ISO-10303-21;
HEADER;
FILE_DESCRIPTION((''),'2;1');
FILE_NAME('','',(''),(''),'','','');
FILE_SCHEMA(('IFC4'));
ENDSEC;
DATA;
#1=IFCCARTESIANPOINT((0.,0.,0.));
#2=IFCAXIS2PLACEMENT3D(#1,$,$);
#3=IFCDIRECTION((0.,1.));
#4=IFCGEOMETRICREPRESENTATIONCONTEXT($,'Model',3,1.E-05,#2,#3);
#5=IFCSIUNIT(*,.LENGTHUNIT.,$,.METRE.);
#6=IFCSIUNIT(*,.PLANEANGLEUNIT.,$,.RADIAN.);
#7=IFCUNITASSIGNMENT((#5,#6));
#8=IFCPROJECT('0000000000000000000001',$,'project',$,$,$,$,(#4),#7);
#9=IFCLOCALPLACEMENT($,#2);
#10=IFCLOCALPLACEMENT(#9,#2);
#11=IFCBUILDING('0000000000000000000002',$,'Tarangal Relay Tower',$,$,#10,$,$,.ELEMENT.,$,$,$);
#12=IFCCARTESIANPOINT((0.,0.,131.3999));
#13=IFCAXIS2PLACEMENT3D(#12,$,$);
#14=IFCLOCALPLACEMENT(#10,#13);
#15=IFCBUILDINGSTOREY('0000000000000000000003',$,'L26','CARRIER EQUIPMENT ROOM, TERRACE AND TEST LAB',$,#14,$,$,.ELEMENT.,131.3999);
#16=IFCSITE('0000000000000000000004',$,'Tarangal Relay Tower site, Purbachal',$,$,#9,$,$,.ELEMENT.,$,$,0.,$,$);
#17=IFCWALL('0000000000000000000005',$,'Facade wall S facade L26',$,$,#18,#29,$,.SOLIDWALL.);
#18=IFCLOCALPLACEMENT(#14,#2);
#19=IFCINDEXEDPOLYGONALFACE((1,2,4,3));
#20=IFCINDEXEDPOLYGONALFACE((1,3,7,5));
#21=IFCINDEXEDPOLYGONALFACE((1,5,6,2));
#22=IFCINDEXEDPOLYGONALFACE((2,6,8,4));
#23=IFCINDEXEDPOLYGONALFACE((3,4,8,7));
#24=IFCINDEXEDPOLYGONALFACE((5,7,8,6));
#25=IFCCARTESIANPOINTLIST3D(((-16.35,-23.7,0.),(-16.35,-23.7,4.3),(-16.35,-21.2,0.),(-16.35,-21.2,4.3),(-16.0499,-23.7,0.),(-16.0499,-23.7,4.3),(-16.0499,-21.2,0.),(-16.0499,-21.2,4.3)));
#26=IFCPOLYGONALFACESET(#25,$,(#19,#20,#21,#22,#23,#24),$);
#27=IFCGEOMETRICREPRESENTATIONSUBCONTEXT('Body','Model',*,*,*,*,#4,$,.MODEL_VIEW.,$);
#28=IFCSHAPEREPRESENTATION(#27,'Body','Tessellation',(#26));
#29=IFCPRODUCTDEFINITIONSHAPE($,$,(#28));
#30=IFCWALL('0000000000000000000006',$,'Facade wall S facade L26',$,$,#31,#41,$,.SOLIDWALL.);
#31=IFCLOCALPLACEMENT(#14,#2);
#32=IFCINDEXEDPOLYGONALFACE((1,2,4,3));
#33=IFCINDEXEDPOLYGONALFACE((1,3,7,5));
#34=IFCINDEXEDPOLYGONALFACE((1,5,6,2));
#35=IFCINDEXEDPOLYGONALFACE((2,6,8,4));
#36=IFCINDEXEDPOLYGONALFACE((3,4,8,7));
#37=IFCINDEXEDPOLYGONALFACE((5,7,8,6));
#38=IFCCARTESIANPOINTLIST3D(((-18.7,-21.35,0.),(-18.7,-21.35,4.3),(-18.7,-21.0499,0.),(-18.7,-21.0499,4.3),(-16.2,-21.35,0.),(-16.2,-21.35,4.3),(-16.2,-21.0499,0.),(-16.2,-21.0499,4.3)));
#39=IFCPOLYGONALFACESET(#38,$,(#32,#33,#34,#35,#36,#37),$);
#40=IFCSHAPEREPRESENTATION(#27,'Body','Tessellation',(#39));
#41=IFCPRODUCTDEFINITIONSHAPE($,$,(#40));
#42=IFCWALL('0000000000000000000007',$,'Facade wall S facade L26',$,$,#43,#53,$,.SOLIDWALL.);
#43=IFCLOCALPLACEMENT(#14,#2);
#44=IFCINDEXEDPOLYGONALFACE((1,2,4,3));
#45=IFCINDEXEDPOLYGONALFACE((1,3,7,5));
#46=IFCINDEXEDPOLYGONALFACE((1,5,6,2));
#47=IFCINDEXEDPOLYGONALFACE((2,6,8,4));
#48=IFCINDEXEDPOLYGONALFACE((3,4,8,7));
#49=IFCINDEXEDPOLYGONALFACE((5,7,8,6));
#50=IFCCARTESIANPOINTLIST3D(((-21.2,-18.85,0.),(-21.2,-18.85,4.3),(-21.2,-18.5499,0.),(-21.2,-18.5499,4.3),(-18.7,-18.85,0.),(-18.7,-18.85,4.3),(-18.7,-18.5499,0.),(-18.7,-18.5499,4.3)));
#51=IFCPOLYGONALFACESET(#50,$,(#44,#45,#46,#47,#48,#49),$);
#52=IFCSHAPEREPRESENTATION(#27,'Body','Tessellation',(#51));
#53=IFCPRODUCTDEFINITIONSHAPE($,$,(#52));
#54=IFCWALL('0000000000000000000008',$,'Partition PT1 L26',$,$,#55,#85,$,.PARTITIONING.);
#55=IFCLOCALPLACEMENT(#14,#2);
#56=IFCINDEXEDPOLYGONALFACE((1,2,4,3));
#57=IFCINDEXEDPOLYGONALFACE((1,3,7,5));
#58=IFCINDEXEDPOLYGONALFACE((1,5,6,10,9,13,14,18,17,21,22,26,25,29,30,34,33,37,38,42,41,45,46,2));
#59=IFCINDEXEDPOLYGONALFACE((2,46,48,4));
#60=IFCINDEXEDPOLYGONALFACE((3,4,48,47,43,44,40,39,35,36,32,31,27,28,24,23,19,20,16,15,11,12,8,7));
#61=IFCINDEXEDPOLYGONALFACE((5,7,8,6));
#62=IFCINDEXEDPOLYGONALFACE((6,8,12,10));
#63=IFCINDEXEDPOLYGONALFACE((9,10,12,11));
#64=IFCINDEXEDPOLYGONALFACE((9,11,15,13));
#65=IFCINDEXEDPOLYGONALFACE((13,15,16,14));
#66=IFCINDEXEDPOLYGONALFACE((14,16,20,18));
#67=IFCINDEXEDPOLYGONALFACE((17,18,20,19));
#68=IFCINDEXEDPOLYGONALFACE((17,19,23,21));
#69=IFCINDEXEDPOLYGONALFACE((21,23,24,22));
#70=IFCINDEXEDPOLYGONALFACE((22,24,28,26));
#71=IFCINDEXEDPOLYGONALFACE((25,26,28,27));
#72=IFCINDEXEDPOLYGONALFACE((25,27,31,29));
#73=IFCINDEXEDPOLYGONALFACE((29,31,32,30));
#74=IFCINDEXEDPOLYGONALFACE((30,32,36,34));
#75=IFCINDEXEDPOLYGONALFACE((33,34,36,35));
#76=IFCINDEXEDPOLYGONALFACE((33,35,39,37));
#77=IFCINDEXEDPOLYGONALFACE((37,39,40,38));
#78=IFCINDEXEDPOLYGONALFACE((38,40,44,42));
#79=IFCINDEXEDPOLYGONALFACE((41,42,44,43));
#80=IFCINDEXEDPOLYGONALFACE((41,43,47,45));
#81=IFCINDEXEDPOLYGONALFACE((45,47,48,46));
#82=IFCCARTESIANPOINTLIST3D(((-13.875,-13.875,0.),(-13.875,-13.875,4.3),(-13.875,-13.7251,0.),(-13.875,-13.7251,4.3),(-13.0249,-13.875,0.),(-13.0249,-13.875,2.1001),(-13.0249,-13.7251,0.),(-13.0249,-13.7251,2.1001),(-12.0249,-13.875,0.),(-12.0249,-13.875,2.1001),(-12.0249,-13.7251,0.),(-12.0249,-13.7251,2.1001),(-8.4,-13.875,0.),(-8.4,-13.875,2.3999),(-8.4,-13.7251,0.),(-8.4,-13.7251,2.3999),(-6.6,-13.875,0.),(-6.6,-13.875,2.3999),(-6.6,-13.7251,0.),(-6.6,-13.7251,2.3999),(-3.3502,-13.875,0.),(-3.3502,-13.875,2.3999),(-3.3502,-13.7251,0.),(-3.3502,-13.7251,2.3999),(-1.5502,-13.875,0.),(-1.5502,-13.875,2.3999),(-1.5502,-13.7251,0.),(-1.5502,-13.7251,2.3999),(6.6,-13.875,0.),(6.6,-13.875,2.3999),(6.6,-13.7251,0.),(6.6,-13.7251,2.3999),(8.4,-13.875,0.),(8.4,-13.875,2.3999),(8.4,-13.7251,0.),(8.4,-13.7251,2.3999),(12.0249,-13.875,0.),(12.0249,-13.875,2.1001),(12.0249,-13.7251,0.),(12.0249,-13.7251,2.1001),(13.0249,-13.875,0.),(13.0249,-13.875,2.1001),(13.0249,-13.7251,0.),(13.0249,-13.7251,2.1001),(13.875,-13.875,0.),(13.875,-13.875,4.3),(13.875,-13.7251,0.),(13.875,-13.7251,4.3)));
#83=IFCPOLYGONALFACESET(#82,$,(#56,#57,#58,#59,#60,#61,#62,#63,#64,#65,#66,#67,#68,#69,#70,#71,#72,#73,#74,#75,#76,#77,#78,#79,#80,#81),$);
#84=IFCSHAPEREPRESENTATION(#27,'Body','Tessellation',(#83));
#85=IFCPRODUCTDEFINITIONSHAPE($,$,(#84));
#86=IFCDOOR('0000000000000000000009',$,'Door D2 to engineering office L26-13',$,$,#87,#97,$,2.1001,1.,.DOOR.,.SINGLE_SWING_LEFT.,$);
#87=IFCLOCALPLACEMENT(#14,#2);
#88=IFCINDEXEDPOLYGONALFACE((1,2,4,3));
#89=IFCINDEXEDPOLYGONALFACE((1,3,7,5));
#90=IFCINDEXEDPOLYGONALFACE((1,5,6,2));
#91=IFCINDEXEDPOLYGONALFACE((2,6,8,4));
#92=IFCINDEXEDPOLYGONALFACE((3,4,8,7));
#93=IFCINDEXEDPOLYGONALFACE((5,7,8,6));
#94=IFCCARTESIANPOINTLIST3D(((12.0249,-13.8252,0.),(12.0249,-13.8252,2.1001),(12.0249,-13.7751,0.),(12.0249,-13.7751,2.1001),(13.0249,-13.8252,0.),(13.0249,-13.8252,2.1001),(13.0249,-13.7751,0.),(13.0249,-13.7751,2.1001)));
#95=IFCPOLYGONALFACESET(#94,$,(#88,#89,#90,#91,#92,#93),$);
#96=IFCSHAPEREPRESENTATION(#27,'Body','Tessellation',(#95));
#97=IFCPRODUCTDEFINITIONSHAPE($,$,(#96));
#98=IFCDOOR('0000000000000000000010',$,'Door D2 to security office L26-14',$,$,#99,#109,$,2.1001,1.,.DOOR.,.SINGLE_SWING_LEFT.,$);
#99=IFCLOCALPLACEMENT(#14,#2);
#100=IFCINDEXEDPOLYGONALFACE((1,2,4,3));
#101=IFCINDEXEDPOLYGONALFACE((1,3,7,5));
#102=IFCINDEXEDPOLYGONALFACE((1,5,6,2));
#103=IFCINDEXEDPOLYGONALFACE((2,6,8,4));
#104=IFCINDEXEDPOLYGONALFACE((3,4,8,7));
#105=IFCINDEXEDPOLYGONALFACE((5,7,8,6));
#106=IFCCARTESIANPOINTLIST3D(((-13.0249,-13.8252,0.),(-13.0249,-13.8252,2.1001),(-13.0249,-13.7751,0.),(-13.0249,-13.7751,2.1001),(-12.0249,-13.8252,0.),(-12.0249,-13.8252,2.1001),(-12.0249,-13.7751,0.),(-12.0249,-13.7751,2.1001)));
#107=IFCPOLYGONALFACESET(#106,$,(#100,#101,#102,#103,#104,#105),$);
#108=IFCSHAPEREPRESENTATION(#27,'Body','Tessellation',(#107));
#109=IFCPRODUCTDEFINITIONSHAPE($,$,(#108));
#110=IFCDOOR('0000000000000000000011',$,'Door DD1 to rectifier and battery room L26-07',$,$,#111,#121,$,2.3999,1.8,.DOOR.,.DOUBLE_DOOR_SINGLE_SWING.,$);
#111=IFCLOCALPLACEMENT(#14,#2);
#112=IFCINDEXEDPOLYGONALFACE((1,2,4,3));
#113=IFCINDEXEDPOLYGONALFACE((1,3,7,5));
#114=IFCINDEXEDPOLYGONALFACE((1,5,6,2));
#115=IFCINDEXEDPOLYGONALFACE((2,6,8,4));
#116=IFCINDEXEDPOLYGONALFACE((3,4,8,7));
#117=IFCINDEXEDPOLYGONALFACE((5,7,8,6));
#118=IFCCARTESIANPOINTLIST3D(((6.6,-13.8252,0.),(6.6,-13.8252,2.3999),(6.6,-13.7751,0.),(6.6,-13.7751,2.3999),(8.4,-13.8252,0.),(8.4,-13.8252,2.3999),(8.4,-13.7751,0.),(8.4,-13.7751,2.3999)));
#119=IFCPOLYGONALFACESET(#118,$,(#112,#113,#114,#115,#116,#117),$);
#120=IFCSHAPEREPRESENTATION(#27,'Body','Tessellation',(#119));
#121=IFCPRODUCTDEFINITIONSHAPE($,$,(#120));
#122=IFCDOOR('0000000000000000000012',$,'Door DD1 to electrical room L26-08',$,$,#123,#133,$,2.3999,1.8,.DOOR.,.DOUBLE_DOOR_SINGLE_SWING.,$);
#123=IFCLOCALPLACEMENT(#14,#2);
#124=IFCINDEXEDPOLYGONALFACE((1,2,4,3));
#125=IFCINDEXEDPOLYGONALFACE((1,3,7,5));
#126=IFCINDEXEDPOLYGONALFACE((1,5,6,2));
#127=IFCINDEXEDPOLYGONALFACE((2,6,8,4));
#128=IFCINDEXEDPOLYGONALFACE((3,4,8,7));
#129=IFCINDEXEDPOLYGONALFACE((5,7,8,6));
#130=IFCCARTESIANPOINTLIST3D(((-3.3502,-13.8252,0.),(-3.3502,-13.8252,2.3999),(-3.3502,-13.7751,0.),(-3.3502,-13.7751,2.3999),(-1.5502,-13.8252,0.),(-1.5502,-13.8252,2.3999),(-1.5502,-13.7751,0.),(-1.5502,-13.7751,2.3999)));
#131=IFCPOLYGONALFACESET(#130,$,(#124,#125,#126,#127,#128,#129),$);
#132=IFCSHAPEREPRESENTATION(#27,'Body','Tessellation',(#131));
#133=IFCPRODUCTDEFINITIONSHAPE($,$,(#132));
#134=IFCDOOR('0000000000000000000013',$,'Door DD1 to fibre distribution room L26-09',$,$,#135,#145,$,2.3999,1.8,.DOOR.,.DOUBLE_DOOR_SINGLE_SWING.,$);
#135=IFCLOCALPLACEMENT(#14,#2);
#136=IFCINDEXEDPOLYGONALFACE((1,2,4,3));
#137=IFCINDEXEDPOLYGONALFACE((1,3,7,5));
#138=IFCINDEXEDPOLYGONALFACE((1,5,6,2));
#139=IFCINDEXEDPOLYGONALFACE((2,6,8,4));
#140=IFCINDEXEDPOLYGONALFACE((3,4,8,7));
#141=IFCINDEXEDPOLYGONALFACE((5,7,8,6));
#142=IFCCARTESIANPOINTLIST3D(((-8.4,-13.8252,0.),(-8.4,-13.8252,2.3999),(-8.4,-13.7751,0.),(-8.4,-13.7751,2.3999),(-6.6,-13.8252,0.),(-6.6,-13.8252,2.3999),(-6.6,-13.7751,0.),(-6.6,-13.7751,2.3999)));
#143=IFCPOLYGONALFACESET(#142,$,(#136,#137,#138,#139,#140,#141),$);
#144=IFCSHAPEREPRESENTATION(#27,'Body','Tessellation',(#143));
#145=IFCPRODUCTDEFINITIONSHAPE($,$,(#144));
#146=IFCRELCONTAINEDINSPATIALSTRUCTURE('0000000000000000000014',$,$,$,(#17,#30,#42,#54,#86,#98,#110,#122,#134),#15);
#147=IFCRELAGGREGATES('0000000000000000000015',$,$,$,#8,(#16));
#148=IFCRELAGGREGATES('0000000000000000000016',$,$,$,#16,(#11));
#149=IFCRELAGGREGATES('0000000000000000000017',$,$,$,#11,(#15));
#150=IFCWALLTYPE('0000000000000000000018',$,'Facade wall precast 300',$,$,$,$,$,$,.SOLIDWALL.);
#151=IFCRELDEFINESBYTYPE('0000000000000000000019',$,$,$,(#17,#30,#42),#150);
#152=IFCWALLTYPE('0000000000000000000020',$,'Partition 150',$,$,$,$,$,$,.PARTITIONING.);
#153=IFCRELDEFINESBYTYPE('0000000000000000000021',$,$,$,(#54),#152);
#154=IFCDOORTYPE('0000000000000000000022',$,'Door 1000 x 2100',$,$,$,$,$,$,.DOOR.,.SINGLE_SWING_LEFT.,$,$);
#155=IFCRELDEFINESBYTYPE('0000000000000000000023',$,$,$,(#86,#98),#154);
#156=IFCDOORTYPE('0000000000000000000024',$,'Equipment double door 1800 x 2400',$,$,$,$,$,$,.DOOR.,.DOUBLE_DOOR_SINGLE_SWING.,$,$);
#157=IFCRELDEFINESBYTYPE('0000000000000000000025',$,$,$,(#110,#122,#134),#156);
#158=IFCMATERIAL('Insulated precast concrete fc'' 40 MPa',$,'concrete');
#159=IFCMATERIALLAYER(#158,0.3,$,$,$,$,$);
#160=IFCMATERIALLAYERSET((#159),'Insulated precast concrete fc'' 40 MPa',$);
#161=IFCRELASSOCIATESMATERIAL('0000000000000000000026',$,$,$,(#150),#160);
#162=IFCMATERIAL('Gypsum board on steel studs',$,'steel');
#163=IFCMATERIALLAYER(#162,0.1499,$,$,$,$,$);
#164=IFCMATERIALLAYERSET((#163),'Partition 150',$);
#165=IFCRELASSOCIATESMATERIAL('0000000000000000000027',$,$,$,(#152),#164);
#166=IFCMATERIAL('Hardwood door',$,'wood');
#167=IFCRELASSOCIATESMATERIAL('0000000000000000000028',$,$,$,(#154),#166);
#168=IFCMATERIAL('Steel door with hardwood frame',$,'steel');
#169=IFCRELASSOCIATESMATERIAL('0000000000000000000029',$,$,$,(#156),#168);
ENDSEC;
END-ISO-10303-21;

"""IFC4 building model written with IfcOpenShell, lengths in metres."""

from ifc_helpers import new_model, si_unit, direction, frame, frame_2d, origin, place, context, subcontext, project, spatial, rectangle, extrude, material, layer, layer_set, type_object, element, fill, save


model = new_model("IFC4")

# Units and contexts
model_context = context("Model", 3, precision=1e-05, world=origin(), true_north=direction((0.0, 1.0)))
body_context = subcontext(model_context, "Body", "Model", "MODEL_VIEW")
ifc_project = project(units=[si_unit("LENGTHUNIT", "METRE"), si_unit("PLANEANGLEUNIT", "RADIAN")], contexts=[model_context])

# Site, building, storey
site_placement = place(None, origin())
site = spatial("IfcSite", under=ifc_project, at=site_placement, Name="Tarangal Relay Tower site, Purbachal", CompositionType="ELEMENT", RefElevation=0.0)
building_placement = place(site_placement, origin())
building = spatial("IfcBuilding", under=site, at=building_placement, Name="Tarangal Relay Tower", CompositionType="ELEMENT")
storey_placement = place(building_placement, frame((0.0, 0.0, 131.3999)))
storey = spatial("IfcBuildingStorey", under=building, at=storey_placement, Name="L26", Description="CARRIER EQUIPMENT ROOM, TERRACE AND TEST LAB", CompositionType="ELEMENT", Elevation=131.3999)

# Walls
ifc_material_1 = material(Name="Insulated precast concrete fc' 40 MPa", Category="concrete")
ifc_layer_1 = layer(ifc_material_1, 0.3)
ifc_layer_set_1 = layer_set([ifc_layer_1], Name="Insulated precast concrete fc' 40 MPa")
wall_type_1 = type_object("IfcWallType", Name="Facade wall precast 300", PredefinedType="SOLIDWALL", material=ifc_layer_set_1)
for number, where, z_axis, x_axis, name in (
    (1, (-16.2, -23.7, 0.0), (0.0, 0.0, 1.0), (0.0, 1.0, 0.0), "Facade wall S facade L26"),
    (2, (-16.2, -21.2, 0.0), (0.0, 0.0, 1.0), (-1.0, 0.0, 0.0), "Facade wall S facade L26"),
):
    element("IfcWall", number, at=place(storey_placement, frame(where, z_axis=z_axis, x_axis=x_axis)), inside=storey, type_object=wall_type_1, Name=name, PredefinedType="SOLIDWALL", context=body_context, shape_type="SweptSolid", body=[
        extrude(rectangle(XDim=2.5, YDim=0.3, at=frame_2d((1.25, 0.0))), origin(), (0.0, 0.0, 1.0), 4.3),
    ])

# Wall
wall_1_placement = place(storey_placement, frame((-18.7, -18.7, 0.0), z_axis=(0.0, 0.0, 1.0), x_axis=(-1.0, 0.0, 0.0)))
element("IfcWall", 3, at=wall_1_placement, inside=storey, type_object=wall_type_1, Name="Facade wall S facade L26", PredefinedType="SOLIDWALL", context=body_context, shape_type="SweptSolid", body=[
    extrude(rectangle(XDim=2.5, YDim=0.3, at=frame_2d((1.25, 0.0))), origin(), (0.0, 0.0, 1.0), 4.3),
])

# Wall, openings, doors
ifc_material_2 = material(Name="Gypsum board on steel studs", Category="steel")
ifc_layer_2 = layer(ifc_material_2, 0.1499)
ifc_layer_set_2 = layer_set([ifc_layer_2], Name="Partition 150")
wall_type_2 = type_object("IfcWallType", Name="Partition 150", PredefinedType="PARTITIONING", material=ifc_layer_set_2)
wall_2_placement = place(storey_placement, frame((-13.875, -13.8, 0.0), z_axis=(0.0, 0.0, 1.0), x_axis=(1.0, 0.0, 0.0)))
wall_2 = element("IfcWall", 4, at=wall_2_placement, inside=storey, type_object=wall_type_2, Name="Partition PT1 L26", PredefinedType="PARTITIONING", context=body_context, shape_type="SweptSolid", body=[
    extrude(rectangle(XDim=27.75, YDim=0.1499, at=frame_2d((13.875, 0.0))), origin(), (0.0, 0.0, 1.0), 4.3),
])
opening_1_placement = place(wall_2_placement, frame((20.4751, 0.0, 0.0)))
opening_1 = element("IfcOpeningElement", 5, at=opening_1_placement, cuts=wall_2, PredefinedType="OPENING", context=body_context, shape_type="SweptSolid", body=[
    extrude(rectangle(XDim=1.8, YDim=2.3999, at=frame_2d((0.8999, 1.2))), frame((0.0, 0.085, 0.0), z_axis=(0.0, -1.0, 0.0), x_axis=(1.0, 0.0, 0.0)), (0.0, 0.0, 1.0), 0.1699),
])
opening_2_placement = place(wall_2_placement, frame((10.5249, 0.0, 0.0)))
opening_2 = element("IfcOpeningElement", 6, at=opening_2_placement, cuts=wall_2, PredefinedType="OPENING", context=body_context, shape_type="SweptSolid", body=[
    extrude(rectangle(XDim=1.8, YDim=2.3999, at=frame_2d((0.8999, 1.2))), frame((0.0, 0.085, 0.0), z_axis=(0.0, -1.0, 0.0), x_axis=(1.0, 0.0, 0.0)), (0.0, 0.0, 1.0), 0.1699),
])
opening_3_placement = place(wall_2_placement, frame((5.4751, 0.0, 0.0)))
opening_3 = element("IfcOpeningElement", 7, at=opening_3_placement, cuts=wall_2, PredefinedType="OPENING", context=body_context, shape_type="SweptSolid", body=[
    extrude(rectangle(XDim=1.8, YDim=2.3999, at=frame_2d((0.8999, 1.2))), frame((0.0, 0.085, 0.0), z_axis=(0.0, -1.0, 0.0), x_axis=(1.0, 0.0, 0.0)), (0.0, 0.0, 1.0), 0.1699),
])
opening_4_placement = place(wall_2_placement, frame((25.8999, 0.0, 0.0)))
opening_4 = element("IfcOpeningElement", 8, at=opening_4_placement, cuts=wall_2, PredefinedType="OPENING", context=body_context, shape_type="SweptSolid", body=[
    extrude(rectangle(XDim=1.0, YDim=2.1001, at=frame_2d((0.5, 1.05))), frame((0.0, 0.085, 0.0), z_axis=(0.0, -1.0, 0.0), x_axis=(1.0, 0.0, 0.0)), (0.0, 0.0, 1.0), 0.1699),
])
opening_5_placement = place(wall_2_placement, frame((0.8501, 0.0, 0.0)))
opening_5 = element("IfcOpeningElement", 9, at=opening_5_placement, cuts=wall_2, PredefinedType="OPENING", context=body_context, shape_type="SweptSolid", body=[
    extrude(rectangle(XDim=1.0, YDim=2.1001, at=frame_2d((0.5, 1.05))), frame((0.0, 0.085, 0.0), z_axis=(0.0, -1.0, 0.0), x_axis=(1.0, 0.0, 0.0)), (0.0, 0.0, 1.0), 0.1699),
])
ifc_material_3 = material(Name="Hardwood door", Category="wood")
door_type_1 = type_object("IfcDoorType", Name="Door 1000 x 2100", OperationType="SINGLE_SWING_LEFT", PredefinedType="DOOR", material=ifc_material_3)
door_1_placement = place(opening_4_placement, origin())
door_1 = element("IfcDoor", 10, at=door_1_placement, inside=storey, type_object=door_type_1, Name="Door D2 to engineering office L26-13", OperationType="SINGLE_SWING_LEFT", OverallHeight=2.1001, OverallWidth=1.0, PredefinedType="DOOR", context=body_context, shape_type="SweptSolid", body=[
    extrude(rectangle(XDim=1.0, YDim=2.1001, at=frame_2d((0.5, 1.05))), frame((0.0, 0.0249, 0.0), z_axis=(0.0, -1.0, 0.0), x_axis=(1.0, 0.0, 0.0)), (0.0, 0.0, 1.0), 0.05),
])
fill(opening_4, door_1)
door_2_placement = place(opening_5_placement, origin())
door_2 = element("IfcDoor", 11, at=door_2_placement, inside=storey, type_object=door_type_1, Name="Door D2 to security office L26-14", OperationType="SINGLE_SWING_LEFT", OverallHeight=2.1001, OverallWidth=1.0, PredefinedType="DOOR", context=body_context, shape_type="SweptSolid", body=[
    extrude(rectangle(XDim=1.0, YDim=2.1001, at=frame_2d((0.5, 1.05))), frame((0.0, 0.0249, 0.0), z_axis=(0.0, -1.0, 0.0), x_axis=(1.0, 0.0, 0.0)), (0.0, 0.0, 1.0), 0.05),
])
fill(opening_5, door_2)
ifc_material_4 = material(Name="Steel door with hardwood frame", Category="steel")
door_type_2 = type_object("IfcDoorType", Name="Equipment double door 1800 x 2400", OperationType="DOUBLE_DOOR_SINGLE_SWING", PredefinedType="DOOR", material=ifc_material_4)
door_3_placement = place(opening_1_placement, origin())
door_3 = element("IfcDoor", 12, at=door_3_placement, inside=storey, type_object=door_type_2, Name="Door DD1 to rectifier and battery room L26-07", OperationType="DOUBLE_DOOR_SINGLE_SWING", OverallHeight=2.3999, OverallWidth=1.8, PredefinedType="DOOR", context=body_context, shape_type="SweptSolid", body=[
    extrude(rectangle(XDim=1.8, YDim=2.3999, at=frame_2d((0.8999, 1.2))), frame((0.0, 0.0249, 0.0), z_axis=(0.0, -1.0, 0.0), x_axis=(1.0, 0.0, 0.0)), (0.0, 0.0, 1.0), 0.05),
])
fill(opening_1, door_3)
door_4_placement = place(opening_2_placement, origin())
door_4 = element("IfcDoor", 13, at=door_4_placement, inside=storey, type_object=door_type_2, Name="Door DD1 to electrical room L26-08", OperationType="DOUBLE_DOOR_SINGLE_SWING", OverallHeight=2.3999, OverallWidth=1.8, PredefinedType="DOOR", context=body_context, shape_type="SweptSolid", body=[
    extrude(rectangle(XDim=1.8, YDim=2.3999, at=frame_2d((0.8999, 1.2))), frame((0.0, 0.0249, 0.0), z_axis=(0.0, -1.0, 0.0), x_axis=(1.0, 0.0, 0.0)), (0.0, 0.0, 1.0), 0.05),
])
fill(opening_2, door_4)
door_5_placement = place(opening_3_placement, origin())
door_5 = element("IfcDoor", 14, at=door_5_placement, inside=storey, type_object=door_type_2, Name="Door DD1 to fibre distribution room L26-09", OperationType="DOUBLE_DOOR_SINGLE_SWING", OverallHeight=2.3999, OverallWidth=1.8, PredefinedType="DOOR", context=body_context, shape_type="SweptSolid", body=[
    extrude(rectangle(XDim=1.8, YDim=2.3999, at=frame_2d((0.8999, 1.2))), frame((0.0, 0.0249, 0.0), z_axis=(0.0, -1.0, 0.0), x_axis=(1.0, 0.0, 0.0)), (0.0, 0.0, 1.0), 0.05),
])
fill(opening_3, door_5)

save(model, "model.ifc")
